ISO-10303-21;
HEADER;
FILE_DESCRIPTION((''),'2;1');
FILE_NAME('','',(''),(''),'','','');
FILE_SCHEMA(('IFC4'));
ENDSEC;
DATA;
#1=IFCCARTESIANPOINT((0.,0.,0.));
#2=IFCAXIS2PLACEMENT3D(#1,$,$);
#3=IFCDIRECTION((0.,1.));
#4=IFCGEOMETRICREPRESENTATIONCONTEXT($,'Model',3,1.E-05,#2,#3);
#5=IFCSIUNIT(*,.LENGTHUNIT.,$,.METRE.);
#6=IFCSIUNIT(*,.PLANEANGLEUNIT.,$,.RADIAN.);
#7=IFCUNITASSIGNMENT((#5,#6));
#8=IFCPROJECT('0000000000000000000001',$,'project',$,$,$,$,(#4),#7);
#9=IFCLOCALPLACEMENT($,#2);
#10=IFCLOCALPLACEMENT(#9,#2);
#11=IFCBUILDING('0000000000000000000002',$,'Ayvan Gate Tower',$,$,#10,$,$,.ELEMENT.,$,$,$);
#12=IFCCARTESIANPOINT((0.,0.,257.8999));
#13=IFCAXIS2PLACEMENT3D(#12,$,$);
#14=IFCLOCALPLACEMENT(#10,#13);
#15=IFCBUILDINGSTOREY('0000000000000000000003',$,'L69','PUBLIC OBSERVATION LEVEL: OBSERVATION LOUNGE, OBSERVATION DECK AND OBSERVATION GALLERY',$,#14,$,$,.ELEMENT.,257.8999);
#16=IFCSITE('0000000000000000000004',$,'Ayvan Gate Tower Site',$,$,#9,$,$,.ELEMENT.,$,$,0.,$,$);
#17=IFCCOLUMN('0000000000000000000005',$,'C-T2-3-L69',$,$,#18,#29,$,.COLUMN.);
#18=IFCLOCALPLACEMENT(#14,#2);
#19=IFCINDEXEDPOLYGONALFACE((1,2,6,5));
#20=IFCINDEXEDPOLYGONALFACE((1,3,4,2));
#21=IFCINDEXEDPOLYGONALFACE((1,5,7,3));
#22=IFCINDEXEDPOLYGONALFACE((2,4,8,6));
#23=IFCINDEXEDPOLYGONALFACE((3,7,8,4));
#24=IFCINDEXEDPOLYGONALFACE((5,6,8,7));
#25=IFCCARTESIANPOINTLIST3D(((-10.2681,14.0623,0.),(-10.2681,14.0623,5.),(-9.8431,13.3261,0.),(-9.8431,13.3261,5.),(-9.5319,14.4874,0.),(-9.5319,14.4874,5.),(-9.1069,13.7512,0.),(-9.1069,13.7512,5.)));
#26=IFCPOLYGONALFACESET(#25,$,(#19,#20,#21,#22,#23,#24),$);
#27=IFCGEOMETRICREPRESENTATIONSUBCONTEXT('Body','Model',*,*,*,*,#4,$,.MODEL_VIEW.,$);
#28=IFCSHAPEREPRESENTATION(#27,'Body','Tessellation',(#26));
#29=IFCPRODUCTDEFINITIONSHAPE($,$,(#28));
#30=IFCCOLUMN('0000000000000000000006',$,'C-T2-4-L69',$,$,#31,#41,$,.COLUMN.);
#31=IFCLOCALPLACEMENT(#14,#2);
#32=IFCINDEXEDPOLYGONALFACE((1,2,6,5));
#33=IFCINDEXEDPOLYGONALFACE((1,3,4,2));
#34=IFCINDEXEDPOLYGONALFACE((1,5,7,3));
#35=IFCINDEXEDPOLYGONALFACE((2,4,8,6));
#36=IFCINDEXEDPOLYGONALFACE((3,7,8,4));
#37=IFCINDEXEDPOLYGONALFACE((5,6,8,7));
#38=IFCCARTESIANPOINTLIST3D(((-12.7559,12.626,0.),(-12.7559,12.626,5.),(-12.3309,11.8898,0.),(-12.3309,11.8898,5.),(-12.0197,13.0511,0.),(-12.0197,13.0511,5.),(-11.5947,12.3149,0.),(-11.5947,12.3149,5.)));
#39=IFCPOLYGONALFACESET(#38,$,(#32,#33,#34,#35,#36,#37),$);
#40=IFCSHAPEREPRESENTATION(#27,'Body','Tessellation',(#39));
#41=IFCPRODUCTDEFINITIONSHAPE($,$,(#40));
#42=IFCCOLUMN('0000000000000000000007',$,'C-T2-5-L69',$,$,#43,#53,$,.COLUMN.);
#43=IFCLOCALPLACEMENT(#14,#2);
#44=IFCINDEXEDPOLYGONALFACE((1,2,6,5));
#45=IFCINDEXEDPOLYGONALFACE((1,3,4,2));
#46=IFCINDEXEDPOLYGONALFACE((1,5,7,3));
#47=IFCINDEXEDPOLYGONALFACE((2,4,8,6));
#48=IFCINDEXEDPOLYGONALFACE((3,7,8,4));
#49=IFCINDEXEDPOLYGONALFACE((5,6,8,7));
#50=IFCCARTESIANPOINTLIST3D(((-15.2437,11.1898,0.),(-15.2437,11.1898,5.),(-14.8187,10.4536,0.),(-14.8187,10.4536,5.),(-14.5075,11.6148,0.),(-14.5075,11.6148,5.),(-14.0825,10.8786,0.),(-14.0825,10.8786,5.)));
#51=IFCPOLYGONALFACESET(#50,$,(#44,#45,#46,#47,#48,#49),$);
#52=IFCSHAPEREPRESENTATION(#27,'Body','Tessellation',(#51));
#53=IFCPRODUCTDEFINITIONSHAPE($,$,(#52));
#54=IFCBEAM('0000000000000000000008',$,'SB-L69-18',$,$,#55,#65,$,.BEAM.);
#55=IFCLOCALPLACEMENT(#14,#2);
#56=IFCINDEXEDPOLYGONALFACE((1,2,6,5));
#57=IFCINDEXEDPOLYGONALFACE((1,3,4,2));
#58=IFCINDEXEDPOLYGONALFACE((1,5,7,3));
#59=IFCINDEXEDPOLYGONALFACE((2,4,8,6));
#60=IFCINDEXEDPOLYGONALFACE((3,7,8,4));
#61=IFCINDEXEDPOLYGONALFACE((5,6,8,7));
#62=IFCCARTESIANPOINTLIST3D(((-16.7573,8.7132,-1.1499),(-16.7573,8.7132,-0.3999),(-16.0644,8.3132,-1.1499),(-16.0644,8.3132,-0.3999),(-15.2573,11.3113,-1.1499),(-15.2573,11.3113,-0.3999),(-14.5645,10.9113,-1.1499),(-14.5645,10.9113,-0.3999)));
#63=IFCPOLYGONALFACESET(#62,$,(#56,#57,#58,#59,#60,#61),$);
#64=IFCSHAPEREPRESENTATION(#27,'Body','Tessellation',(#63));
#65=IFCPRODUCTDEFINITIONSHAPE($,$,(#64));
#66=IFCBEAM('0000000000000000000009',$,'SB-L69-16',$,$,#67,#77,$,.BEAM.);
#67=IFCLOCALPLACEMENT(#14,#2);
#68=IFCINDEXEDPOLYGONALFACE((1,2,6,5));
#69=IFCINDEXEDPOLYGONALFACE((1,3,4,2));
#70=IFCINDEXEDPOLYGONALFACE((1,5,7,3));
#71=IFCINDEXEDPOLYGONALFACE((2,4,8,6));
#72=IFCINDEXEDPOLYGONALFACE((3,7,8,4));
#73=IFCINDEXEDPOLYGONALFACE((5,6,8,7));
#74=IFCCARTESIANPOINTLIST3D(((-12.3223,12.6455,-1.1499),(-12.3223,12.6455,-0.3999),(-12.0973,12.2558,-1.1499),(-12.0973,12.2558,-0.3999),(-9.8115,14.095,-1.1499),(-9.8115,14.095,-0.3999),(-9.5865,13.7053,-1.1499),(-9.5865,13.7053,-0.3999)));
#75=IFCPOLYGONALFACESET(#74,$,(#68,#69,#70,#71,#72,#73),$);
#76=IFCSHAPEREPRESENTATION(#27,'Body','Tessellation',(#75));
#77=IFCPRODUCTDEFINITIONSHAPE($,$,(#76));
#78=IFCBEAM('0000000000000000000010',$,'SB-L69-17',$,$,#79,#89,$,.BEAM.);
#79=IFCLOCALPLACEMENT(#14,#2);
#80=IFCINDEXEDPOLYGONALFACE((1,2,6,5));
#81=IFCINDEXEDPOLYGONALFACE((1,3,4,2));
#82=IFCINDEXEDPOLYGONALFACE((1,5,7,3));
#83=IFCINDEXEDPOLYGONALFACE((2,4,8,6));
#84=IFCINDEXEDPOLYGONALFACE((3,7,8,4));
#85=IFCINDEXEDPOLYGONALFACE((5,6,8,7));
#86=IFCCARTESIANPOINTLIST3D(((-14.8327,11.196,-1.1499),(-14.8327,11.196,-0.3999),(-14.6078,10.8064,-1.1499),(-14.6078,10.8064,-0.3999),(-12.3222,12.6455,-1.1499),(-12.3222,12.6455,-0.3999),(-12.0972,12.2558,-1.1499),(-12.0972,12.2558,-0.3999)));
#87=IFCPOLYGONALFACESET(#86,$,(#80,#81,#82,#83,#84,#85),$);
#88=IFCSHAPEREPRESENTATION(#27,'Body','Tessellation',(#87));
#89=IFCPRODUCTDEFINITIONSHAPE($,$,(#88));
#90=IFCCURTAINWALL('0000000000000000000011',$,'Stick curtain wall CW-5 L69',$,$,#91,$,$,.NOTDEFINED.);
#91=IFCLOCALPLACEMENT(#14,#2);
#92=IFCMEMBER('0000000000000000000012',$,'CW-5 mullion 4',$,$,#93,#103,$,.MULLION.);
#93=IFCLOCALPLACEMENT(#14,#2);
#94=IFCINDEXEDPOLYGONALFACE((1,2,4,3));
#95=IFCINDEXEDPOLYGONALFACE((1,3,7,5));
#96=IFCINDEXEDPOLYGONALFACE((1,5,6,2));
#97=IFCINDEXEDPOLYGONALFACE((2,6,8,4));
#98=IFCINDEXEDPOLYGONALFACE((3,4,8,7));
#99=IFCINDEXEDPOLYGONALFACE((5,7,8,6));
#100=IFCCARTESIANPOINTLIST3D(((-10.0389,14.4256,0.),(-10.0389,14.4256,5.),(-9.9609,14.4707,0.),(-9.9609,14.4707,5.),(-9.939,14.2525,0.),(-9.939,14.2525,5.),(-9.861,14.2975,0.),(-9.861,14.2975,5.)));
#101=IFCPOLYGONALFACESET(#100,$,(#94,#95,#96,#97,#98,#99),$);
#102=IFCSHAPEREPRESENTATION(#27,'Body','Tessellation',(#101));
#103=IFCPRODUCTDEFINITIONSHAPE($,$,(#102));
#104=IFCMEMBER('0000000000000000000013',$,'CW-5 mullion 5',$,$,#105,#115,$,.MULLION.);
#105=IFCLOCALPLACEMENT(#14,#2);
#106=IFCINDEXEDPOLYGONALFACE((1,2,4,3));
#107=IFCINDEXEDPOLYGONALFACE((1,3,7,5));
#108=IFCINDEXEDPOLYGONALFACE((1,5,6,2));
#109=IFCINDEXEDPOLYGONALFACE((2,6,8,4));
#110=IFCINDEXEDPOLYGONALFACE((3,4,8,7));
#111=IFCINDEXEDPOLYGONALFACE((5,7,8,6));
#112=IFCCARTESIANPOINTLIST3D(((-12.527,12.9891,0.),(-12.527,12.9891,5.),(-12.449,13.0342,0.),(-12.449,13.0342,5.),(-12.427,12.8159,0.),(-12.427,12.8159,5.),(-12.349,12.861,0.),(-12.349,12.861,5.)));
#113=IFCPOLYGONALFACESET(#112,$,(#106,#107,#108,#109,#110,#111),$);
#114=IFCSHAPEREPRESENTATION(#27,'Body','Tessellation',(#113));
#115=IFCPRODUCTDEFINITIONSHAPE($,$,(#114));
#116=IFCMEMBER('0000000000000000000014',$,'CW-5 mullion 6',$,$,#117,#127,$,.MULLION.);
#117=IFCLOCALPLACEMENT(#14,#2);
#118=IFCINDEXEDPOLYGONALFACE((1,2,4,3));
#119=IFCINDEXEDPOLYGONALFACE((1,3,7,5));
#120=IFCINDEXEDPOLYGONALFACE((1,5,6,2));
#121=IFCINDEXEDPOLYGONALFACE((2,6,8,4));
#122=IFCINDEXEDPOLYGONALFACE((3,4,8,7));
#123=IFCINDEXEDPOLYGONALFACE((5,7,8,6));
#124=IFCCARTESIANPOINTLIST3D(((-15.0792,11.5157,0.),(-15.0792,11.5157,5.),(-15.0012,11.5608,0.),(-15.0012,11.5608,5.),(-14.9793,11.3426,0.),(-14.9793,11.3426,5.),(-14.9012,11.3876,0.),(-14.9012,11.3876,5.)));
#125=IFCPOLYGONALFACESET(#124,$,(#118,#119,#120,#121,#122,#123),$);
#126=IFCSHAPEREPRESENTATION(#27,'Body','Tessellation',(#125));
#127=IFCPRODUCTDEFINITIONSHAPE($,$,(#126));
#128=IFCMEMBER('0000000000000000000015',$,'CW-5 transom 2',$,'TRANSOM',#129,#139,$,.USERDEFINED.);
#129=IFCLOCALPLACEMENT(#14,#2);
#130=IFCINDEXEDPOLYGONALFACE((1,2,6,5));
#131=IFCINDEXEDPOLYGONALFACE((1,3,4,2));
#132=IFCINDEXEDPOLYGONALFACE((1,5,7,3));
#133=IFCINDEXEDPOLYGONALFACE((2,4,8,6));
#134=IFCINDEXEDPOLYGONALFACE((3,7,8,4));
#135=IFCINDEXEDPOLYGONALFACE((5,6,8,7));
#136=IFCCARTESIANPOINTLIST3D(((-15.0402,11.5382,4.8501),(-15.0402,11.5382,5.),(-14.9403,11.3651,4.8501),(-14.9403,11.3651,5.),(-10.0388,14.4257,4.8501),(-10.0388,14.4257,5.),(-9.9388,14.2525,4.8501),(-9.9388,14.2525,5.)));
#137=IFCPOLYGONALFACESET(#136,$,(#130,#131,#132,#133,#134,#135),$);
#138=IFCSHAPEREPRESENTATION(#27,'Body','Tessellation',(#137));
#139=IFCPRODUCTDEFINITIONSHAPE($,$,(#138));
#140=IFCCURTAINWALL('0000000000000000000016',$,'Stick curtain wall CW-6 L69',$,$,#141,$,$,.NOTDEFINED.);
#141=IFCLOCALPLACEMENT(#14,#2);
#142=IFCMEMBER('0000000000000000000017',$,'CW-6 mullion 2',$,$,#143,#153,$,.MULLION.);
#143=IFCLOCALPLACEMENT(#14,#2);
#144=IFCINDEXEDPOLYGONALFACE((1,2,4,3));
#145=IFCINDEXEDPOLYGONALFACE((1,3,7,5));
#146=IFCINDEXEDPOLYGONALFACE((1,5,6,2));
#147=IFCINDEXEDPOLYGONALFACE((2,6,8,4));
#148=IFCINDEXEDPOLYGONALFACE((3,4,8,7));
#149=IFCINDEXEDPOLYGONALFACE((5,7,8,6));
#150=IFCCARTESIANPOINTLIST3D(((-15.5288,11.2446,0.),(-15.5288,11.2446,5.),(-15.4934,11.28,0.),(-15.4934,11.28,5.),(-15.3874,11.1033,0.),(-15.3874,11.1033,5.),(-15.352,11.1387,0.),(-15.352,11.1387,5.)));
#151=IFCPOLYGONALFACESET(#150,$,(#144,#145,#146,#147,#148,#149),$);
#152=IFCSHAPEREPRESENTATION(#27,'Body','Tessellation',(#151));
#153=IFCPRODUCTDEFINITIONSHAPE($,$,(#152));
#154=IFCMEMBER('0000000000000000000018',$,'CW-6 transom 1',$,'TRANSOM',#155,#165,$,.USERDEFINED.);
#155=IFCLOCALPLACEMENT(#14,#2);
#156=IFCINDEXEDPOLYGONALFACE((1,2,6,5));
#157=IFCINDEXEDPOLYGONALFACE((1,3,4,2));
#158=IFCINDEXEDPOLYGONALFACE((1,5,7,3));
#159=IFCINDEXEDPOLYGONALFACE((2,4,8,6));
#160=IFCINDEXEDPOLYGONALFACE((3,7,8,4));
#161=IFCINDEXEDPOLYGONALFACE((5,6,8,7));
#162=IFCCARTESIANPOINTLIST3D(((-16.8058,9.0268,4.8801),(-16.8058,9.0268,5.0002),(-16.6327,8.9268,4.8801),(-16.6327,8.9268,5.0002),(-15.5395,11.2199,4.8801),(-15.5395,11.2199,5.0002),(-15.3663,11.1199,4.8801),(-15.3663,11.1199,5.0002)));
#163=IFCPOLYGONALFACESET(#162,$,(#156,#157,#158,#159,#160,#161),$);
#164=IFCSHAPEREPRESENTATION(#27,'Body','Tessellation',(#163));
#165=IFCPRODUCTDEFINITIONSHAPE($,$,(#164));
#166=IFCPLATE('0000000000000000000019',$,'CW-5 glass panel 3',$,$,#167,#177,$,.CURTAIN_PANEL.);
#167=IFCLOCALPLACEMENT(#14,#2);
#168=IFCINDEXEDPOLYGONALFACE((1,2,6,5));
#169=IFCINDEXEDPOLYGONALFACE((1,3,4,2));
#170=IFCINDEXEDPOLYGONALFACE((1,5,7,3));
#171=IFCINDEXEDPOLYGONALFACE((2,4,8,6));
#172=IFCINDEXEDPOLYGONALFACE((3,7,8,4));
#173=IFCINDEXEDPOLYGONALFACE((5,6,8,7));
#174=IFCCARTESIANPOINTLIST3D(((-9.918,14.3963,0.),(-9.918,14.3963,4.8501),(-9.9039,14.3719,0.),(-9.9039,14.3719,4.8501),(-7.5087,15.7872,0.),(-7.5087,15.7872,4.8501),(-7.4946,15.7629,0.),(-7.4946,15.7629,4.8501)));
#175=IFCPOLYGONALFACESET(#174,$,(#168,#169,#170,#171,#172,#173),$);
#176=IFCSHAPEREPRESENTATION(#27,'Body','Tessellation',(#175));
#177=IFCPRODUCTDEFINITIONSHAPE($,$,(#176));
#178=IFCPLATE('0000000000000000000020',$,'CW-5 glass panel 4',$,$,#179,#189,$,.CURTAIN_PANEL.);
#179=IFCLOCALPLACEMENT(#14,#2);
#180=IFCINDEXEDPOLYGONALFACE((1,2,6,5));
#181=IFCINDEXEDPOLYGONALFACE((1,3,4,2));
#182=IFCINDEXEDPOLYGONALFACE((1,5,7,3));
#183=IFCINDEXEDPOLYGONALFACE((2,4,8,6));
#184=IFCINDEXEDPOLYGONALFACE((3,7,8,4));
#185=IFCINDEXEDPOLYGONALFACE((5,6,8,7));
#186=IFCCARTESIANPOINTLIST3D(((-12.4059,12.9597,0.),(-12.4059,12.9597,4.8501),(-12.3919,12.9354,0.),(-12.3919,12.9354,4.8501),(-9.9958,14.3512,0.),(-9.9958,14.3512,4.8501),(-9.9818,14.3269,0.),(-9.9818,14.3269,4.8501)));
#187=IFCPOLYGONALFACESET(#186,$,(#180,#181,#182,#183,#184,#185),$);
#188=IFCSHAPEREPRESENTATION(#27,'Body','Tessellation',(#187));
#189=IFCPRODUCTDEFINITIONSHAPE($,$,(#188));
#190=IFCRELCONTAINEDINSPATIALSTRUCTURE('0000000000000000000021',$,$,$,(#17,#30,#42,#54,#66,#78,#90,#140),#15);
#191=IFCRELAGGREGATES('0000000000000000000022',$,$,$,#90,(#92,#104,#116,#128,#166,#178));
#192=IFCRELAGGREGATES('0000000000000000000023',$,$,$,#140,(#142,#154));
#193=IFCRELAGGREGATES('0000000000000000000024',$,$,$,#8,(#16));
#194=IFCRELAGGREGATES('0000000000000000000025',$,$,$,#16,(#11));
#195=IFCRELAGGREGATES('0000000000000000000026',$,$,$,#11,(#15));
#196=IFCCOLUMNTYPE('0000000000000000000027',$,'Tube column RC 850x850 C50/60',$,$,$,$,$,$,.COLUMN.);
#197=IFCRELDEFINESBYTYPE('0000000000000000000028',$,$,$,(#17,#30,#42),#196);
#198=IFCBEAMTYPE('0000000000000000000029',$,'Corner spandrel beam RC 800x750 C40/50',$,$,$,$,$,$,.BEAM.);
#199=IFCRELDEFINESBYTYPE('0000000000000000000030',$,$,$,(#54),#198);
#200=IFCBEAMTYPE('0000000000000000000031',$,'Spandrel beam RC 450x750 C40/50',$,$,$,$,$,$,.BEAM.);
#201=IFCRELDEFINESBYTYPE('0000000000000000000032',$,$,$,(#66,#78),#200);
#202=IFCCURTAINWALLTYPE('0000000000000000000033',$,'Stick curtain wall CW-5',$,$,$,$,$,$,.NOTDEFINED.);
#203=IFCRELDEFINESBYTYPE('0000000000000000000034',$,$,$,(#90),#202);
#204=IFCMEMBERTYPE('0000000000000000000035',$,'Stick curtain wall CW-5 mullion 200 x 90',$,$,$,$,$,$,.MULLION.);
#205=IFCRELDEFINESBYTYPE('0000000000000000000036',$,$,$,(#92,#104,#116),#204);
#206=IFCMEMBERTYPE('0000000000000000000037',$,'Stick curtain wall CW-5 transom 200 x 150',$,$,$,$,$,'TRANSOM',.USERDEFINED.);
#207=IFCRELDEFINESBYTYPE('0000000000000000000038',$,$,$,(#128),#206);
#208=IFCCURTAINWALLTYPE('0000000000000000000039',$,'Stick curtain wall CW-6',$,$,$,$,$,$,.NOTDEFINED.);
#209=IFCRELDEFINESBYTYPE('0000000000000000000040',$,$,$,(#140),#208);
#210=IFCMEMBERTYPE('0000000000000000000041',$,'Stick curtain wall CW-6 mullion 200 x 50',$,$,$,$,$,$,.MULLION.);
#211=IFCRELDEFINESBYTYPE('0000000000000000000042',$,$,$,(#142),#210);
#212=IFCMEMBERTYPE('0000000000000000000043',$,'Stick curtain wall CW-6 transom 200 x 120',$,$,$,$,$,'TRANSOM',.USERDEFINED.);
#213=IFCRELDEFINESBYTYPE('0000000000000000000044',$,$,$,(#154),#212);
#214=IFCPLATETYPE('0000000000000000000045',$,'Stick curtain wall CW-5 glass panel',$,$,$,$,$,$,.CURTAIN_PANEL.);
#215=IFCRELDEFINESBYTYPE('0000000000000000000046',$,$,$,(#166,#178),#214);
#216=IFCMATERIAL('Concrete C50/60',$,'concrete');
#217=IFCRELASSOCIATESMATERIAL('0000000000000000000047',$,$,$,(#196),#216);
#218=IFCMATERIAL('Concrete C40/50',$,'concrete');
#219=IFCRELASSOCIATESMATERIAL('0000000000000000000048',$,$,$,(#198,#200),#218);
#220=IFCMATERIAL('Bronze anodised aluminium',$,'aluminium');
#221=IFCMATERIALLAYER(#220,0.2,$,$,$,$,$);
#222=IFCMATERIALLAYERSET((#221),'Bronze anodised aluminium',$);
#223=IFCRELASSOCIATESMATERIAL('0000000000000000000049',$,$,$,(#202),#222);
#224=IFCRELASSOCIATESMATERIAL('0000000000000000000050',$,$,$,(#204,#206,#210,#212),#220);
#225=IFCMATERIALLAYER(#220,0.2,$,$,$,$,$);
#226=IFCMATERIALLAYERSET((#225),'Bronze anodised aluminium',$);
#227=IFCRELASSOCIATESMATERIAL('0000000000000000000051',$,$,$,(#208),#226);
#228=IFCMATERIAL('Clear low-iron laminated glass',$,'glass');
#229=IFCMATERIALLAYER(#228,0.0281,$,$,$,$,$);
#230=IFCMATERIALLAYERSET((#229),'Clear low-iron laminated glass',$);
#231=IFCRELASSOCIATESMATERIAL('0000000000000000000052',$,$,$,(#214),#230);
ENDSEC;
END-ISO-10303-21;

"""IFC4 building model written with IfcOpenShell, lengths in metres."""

from ifc_helpers import new_model, si_unit, direction, frame, origin, origin_2d, place, context, subcontext, project, spatial, rectangle, extrude, material, layer, layer_set, material_profile, profile_set, type_object, element, aggregate, save


model = new_model("IFC4")

# Units and contexts
model_context = context("Model", 3, precision=1e-05, world=origin(), true_north=direction((0.0, 1.0)))
body_context = subcontext(model_context, "Body", "Model", "MODEL_VIEW")
ifc_project = project(units=[si_unit("LENGTHUNIT", "METRE"), si_unit("PLANEANGLEUNIT", "RADIAN")], contexts=[model_context])

# Site, building, storey
site_placement = place(None, origin())
site = spatial("IfcSite", under=ifc_project, at=site_placement, Name="Ayvan Gate Tower Site", CompositionType="ELEMENT", RefElevation=0.0)
building_placement = place(site_placement, origin())
building = spatial("IfcBuilding", under=site, at=building_placement, Name="Ayvan Gate Tower", CompositionType="ELEMENT")
storey_placement = place(building_placement, frame((0.0, 0.0, 257.8999)))
storey = spatial("IfcBuildingStorey", under=building, at=storey_placement, Name="L69", Description="PUBLIC OBSERVATION LEVEL: OBSERVATION LOUNGE, OBSERVATION DECK AND OBSERVATION GALLERY", CompositionType="ELEMENT", Elevation=257.8999)

# Columns
ifc_material_1 = material(Name="Concrete C50/60", Category="concrete")
ifc_material_profile_1 = material_profile(ifc_material_1, rectangle(XDim=0.8501, YDim=0.8501, at=origin_2d()), Name="RC 850x850")
ifc_profile_set_1 = profile_set([ifc_material_profile_1], Name="Concrete C50/60")
column_type = type_object("IfcColumnType", Name="Tube column RC 850x850 C50/60", PredefinedType="COLUMN", material=ifc_profile_set_1)
for number, where, z_axis, x_axis, name in (
    (1, (-9.6875, 13.9067, 0.0), (0.0, 0.0, 1.0), (-0.5, 0.866025, 0.0), "C-T2-3-L69"),
    (2, (-12.1753, 12.4705, 0.0), (0.0, 0.0, 1.0), (-0.5, 0.866025, 0.0), "C-T2-4-L69"),
    (3, (-14.6631, 11.0342, 0.0), (0.0, 0.0, 1.0), (-0.5, 0.866025, 0.0), "C-T2-5-L69"),
):
    element("IfcColumn", number, at=place(storey_placement, frame(where, z_axis=z_axis, x_axis=x_axis)), inside=storey, type_object=column_type, Name=name, PredefinedType="COLUMN", context=body_context, shape_type="SweptSolid", body=[
        extrude(rectangle(XDim=0.8501, YDim=0.8501, at=origin_2d()), origin(), (0.0, 0.0, 1.0), 5.0),
    ])

# Beams
ifc_material_2 = material(Name="Concrete C40/50", Category="concrete")
ifc_material_profile_2 = material_profile(ifc_material_2, rectangle(XDim=0.8, YDim=0.75, at=origin_2d()), Name="RC 800x750")
ifc_profile_set_2 = profile_set([ifc_material_profile_2], Name="Concrete C40/50")
beam_type_1 = type_object("IfcBeamType", Name="Corner spandrel beam RC 800x750 C40/50", PredefinedType="BEAM", material=ifc_profile_set_2)
beam_1_placement = place(storey_placement, frame((-14.9109, 11.1113, -0.7749), z_axis=(-0.49999, -0.866031, 0.0), x_axis=(0.866031, -0.49999, 0.0)))
element("IfcBeam", 4, at=beam_1_placement, inside=storey, type_object=beam_type_1, Name="SB-L69-18", PredefinedType="BEAM", context=body_context, shape_type="SweptSolid", body=[
    extrude(rectangle(XDim=0.8, YDim=0.75, at=origin_2d()), origin(), (0.0, 0.0, 1.0), 3.0),
])
ifc_material_profile_3 = material_profile(ifc_material_2, rectangle(XDim=0.45, YDim=0.75, at=origin_2d()), Name="RC 450x750")
ifc_profile_set_3 = profile_set([ifc_material_profile_3], Name="Concrete C40/50")
beam_type_2 = type_object("IfcBeamType", Name="Spandrel beam RC 450x750 C40/50", PredefinedType="BEAM", material=ifc_profile_set_3)
beam_2_placement = place(storey_placement, frame((-9.699, 13.9001, -0.7749), z_axis=(-0.866043, -0.49997, 0.0), x_axis=(0.49997, -0.866043, 0.0)))
element("IfcBeam", 5, at=beam_2_placement, inside=storey, type_object=beam_type_2, Name="SB-L69-16", PredefinedType="BEAM", context=body_context, shape_type="SweptSolid", body=[
    extrude(rectangle(XDim=0.45, YDim=0.75, at=origin_2d()), origin(), (0.0, 0.0, 1.0), 2.8992),
])
beam_3_placement = place(storey_placement, frame((-12.2097, 12.4507, -0.7749), z_axis=(-0.866021, -0.500007, 0.0), x_axis=(0.500007, -0.866021, 0.0)))
element("IfcBeam", 6, at=beam_3_placement, inside=storey, type_object=beam_type_2, Name="SB-L69-17", PredefinedType="BEAM", context=body_context, shape_type="SweptSolid", body=[
    extrude(rectangle(XDim=0.45, YDim=0.75, at=origin_2d()), origin(), (0.0, 0.0, 1.0), 2.8989),
])

# Curtain walls, members
ifc_material_3 = material(Name="Bronze anodised aluminium", Category="aluminium")
ifc_layer_1 = layer(ifc_material_3, 0.2)
ifc_layer_set_1 = layer_set([ifc_layer_1], Name="Bronze anodised aluminium")
curtain_wall_type_1 = type_object("IfcCurtainWallType", Name="Stick curtain wall CW-5", PredefinedType="NOTDEFINED", material=ifc_layer_set_1)
curtain_wall_1_placement = place(storey_placement, origin())
curtain_wall_1 = element("IfcCurtainWall", 7, at=curtain_wall_1_placement, inside=storey, type_object=curtain_wall_type_1, Name="Stick curtain wall CW-5 L69", PredefinedType="NOTDEFINED")
ifc_material_profile_4 = material_profile(ifc_material_3, rectangle(XDim=0.2, YDim=0.0901, at=origin_2d()), Name="Stick curtain wall CW-5 mullion 200 x 90")
ifc_profile_set_4 = profile_set([ifc_material_profile_4], Name="Bronze anodised aluminium")
member_type_1 = type_object("IfcMemberType", Name="Stick curtain wall CW-5 mullion 200 x 90", PredefinedType="MULLION", material=ifc_profile_set_4)
member_1_placement = place(storey_placement, frame((-9.95, 14.3616, 0.0), z_axis=(0.0, 0.0, 1.0), x_axis=(-0.5, 0.866025, 0.0)))
member_1 = element("IfcMember", 8, at=member_1_placement, type_object=member_type_1, Name="CW-5 mullion 4", PredefinedType="MULLION", context=body_context, shape_type="SweptSolid", body=[
    extrude(rectangle(XDim=0.2, YDim=0.0901, at=origin_2d()), origin(), (0.0, 0.0, 1.0), 5.0),
])
member_2_placement = place(storey_placement, frame((-12.438, 12.925, 0.0), z_axis=(0.0, 0.0, 1.0), x_axis=(-0.5, 0.866025, 0.0)))
member_2 = element("IfcMember", 9, at=member_2_placement, type_object=member_type_1, Name="CW-5 mullion 5", PredefinedType="MULLION", context=body_context, shape_type="SweptSolid", body=[
    extrude(rectangle(XDim=0.2, YDim=0.0901, at=origin_2d()), origin(), (0.0, 0.0, 1.0), 5.0),
])
member_3_placement = place(storey_placement, frame((-14.9902, 11.4517, 0.0), z_axis=(0.0, 0.0, 1.0), x_axis=(-0.5, 0.866025, 0.0)))
member_3 = element("IfcMember", 10, at=member_3_placement, type_object=member_type_1, Name="CW-5 mullion 6", PredefinedType="MULLION", context=body_context, shape_type="SweptSolid", body=[
    extrude(rectangle(XDim=0.2, YDim=0.0901, at=origin_2d()), origin(), (0.0, 0.0, 1.0), 5.0),
])
ifc_material_profile_5 = material_profile(ifc_material_3, rectangle(XDim=0.2, YDim=0.1499, at=origin_2d()), Name="Stick curtain wall CW-5 transom 200 x 150")
ifc_profile_set_5 = profile_set([ifc_material_profile_5], Name="Bronze anodised aluminium")
member_type_2 = type_object("IfcMemberType", Name="Stick curtain wall CW-5 transom 200 x 150", ElementType="TRANSOM", PredefinedType="USERDEFINED", material=ifc_profile_set_5)
member_4_placement = place(storey_placement, frame((-9.9888, 14.3391, 4.925), z_axis=(-0.866036, -0.499981, 0.0), x_axis=(0.499981, -0.866036, 0.0)))
member_4 = element("IfcMember", 11, at=member_4_placement, type_object=member_type_2, Name="CW-5 transom 2", ObjectType="TRANSOM", PredefinedType="USERDEFINED", context=body_context, shape_type="SweptSolid", body=[
    extrude(rectangle(XDim=0.2, YDim=0.1499, at=origin_2d()), origin(), (0.0, 0.0, 1.0), 5.7751),
])
ifc_layer_2 = layer(ifc_material_3, 0.2)
ifc_layer_set_2 = layer_set([ifc_layer_2], Name="Bronze anodised aluminium")
curtain_wall_type_2 = type_object("IfcCurtainWallType", Name="Stick curtain wall CW-6", PredefinedType="NOTDEFINED", material=ifc_layer_set_2)
curtain_wall_2_placement = place(storey_placement, origin())
curtain_wall_2 = element("IfcCurtainWall", 12, at=curtain_wall_2_placement, inside=storey, type_object=curtain_wall_type_2, Name="Stick curtain wall CW-6 L69", PredefinedType="NOTDEFINED")
ifc_material_profile_6 = material_profile(ifc_material_3, rectangle(XDim=0.2, YDim=0.05, at=origin_2d()), Name="Stick curtain wall CW-6 mullion 200 x 50")
ifc_profile_set_6 = profile_set([ifc_material_profile_6], Name="Bronze anodised aluminium")
member_type_3 = type_object("IfcMemberType", Name="Stick curtain wall CW-6 mullion 200 x 50", PredefinedType="MULLION", material=ifc_profile_set_6)
member_5_placement = place(storey_placement, frame((-15.4404, 11.1917, 0.0), z_axis=(0.0, 0.0, 1.0), x_axis=(-0.707107, 0.707107, 0.0)))
member_5 = element("IfcMember", 13, at=member_5_placement, type_object=member_type_3, Name="CW-6 mullion 2", PredefinedType="MULLION", context=body_context, shape_type="SweptSolid", body=[
    extrude(rectangle(XDim=0.2, YDim=0.05, at=origin_2d()), origin(), (0.0, 0.0, 1.0), 5.0),
])
ifc_material_profile_7 = material_profile(ifc_material_3, rectangle(XDim=0.2, YDim=0.1201, at=origin_2d()), Name="Stick curtain wall CW-6 transom 200 x 120")
ifc_profile_set_7 = profile_set([ifc_material_profile_7], Name="Bronze anodised aluminium")
member_type_4 = type_object("IfcMemberType", Name="Stick curtain wall CW-6 transom 200 x 120", ElementType="TRANSOM", PredefinedType="USERDEFINED", material=ifc_profile_set_7)
member_6_placement = place(storey_placement, frame((-15.4529, 11.1699, 4.9402), z_axis=(-0.500048, -0.865998, 0.0), x_axis=(0.865998, -0.500048, 0.0)))
member_6 = element("IfcMember", 14, at=member_6_placement, type_object=member_type_4, Name="CW-6 transom 1", ObjectType="TRANSOM", PredefinedType="USERDEFINED", context=body_context, shape_type="SweptSolid", body=[
    extrude(rectangle(XDim=0.2, YDim=0.1201, at=origin_2d()), origin(), (0.0, 0.0, 1.0), 2.5325),
])

# Plates
ifc_material_4 = material(Name="Clear low-iron laminated glass", Category="glass")
ifc_layer_3 = layer(ifc_material_4, 0.0281)
ifc_layer_set_3 = layer_set([ifc_layer_3], Name="Clear low-iron laminated glass")
plate_type_1 = type_object("IfcPlateType", Name="Stick curtain wall CW-5 glass panel", PredefinedType="CURTAIN_PANEL", material=ifc_layer_set_3)
plate_1_placement = place(storey_placement, frame((-8.7063, 15.0796, 0.0), z_axis=(0.0, 0.0, 1.0), x_axis=(-0.866025, -0.5, 0.0)))
plate_1 = element("IfcPlate", 15, at=plate_1_placement, type_object=plate_type_1, Name="CW-5 glass panel 3", PredefinedType="CURTAIN_PANEL", context=body_context, shape_type="SweptSolid", body=[
    extrude(rectangle(XDim=2.782, YDim=0.0281, at=origin_2d()), origin(), (0.0, 0.0, 1.0), 4.8501),
])
plate_2_placement = place(storey_placement, frame((-11.1938, 13.6433, 0.0), z_axis=(0.0, 0.0, 1.0), x_axis=(-0.866025, -0.5, 0.0)))
plate_2 = element("IfcPlate", 16, at=plate_2_placement, type_object=plate_type_1, Name="CW-5 glass panel 4", PredefinedType="CURTAIN_PANEL", context=body_context, shape_type="SweptSolid", body=[
    extrude(rectangle(XDim=2.783, YDim=0.0281, at=origin_2d()), origin(), (0.0, 0.0, 1.0), 4.8501),
])
aggregate(curtain_wall_1, [member_1, member_2, member_3, member_4, plate_1, plate_2])
aggregate(curtain_wall_2, [member_5, member_6])

save(model, "model.ifc")
